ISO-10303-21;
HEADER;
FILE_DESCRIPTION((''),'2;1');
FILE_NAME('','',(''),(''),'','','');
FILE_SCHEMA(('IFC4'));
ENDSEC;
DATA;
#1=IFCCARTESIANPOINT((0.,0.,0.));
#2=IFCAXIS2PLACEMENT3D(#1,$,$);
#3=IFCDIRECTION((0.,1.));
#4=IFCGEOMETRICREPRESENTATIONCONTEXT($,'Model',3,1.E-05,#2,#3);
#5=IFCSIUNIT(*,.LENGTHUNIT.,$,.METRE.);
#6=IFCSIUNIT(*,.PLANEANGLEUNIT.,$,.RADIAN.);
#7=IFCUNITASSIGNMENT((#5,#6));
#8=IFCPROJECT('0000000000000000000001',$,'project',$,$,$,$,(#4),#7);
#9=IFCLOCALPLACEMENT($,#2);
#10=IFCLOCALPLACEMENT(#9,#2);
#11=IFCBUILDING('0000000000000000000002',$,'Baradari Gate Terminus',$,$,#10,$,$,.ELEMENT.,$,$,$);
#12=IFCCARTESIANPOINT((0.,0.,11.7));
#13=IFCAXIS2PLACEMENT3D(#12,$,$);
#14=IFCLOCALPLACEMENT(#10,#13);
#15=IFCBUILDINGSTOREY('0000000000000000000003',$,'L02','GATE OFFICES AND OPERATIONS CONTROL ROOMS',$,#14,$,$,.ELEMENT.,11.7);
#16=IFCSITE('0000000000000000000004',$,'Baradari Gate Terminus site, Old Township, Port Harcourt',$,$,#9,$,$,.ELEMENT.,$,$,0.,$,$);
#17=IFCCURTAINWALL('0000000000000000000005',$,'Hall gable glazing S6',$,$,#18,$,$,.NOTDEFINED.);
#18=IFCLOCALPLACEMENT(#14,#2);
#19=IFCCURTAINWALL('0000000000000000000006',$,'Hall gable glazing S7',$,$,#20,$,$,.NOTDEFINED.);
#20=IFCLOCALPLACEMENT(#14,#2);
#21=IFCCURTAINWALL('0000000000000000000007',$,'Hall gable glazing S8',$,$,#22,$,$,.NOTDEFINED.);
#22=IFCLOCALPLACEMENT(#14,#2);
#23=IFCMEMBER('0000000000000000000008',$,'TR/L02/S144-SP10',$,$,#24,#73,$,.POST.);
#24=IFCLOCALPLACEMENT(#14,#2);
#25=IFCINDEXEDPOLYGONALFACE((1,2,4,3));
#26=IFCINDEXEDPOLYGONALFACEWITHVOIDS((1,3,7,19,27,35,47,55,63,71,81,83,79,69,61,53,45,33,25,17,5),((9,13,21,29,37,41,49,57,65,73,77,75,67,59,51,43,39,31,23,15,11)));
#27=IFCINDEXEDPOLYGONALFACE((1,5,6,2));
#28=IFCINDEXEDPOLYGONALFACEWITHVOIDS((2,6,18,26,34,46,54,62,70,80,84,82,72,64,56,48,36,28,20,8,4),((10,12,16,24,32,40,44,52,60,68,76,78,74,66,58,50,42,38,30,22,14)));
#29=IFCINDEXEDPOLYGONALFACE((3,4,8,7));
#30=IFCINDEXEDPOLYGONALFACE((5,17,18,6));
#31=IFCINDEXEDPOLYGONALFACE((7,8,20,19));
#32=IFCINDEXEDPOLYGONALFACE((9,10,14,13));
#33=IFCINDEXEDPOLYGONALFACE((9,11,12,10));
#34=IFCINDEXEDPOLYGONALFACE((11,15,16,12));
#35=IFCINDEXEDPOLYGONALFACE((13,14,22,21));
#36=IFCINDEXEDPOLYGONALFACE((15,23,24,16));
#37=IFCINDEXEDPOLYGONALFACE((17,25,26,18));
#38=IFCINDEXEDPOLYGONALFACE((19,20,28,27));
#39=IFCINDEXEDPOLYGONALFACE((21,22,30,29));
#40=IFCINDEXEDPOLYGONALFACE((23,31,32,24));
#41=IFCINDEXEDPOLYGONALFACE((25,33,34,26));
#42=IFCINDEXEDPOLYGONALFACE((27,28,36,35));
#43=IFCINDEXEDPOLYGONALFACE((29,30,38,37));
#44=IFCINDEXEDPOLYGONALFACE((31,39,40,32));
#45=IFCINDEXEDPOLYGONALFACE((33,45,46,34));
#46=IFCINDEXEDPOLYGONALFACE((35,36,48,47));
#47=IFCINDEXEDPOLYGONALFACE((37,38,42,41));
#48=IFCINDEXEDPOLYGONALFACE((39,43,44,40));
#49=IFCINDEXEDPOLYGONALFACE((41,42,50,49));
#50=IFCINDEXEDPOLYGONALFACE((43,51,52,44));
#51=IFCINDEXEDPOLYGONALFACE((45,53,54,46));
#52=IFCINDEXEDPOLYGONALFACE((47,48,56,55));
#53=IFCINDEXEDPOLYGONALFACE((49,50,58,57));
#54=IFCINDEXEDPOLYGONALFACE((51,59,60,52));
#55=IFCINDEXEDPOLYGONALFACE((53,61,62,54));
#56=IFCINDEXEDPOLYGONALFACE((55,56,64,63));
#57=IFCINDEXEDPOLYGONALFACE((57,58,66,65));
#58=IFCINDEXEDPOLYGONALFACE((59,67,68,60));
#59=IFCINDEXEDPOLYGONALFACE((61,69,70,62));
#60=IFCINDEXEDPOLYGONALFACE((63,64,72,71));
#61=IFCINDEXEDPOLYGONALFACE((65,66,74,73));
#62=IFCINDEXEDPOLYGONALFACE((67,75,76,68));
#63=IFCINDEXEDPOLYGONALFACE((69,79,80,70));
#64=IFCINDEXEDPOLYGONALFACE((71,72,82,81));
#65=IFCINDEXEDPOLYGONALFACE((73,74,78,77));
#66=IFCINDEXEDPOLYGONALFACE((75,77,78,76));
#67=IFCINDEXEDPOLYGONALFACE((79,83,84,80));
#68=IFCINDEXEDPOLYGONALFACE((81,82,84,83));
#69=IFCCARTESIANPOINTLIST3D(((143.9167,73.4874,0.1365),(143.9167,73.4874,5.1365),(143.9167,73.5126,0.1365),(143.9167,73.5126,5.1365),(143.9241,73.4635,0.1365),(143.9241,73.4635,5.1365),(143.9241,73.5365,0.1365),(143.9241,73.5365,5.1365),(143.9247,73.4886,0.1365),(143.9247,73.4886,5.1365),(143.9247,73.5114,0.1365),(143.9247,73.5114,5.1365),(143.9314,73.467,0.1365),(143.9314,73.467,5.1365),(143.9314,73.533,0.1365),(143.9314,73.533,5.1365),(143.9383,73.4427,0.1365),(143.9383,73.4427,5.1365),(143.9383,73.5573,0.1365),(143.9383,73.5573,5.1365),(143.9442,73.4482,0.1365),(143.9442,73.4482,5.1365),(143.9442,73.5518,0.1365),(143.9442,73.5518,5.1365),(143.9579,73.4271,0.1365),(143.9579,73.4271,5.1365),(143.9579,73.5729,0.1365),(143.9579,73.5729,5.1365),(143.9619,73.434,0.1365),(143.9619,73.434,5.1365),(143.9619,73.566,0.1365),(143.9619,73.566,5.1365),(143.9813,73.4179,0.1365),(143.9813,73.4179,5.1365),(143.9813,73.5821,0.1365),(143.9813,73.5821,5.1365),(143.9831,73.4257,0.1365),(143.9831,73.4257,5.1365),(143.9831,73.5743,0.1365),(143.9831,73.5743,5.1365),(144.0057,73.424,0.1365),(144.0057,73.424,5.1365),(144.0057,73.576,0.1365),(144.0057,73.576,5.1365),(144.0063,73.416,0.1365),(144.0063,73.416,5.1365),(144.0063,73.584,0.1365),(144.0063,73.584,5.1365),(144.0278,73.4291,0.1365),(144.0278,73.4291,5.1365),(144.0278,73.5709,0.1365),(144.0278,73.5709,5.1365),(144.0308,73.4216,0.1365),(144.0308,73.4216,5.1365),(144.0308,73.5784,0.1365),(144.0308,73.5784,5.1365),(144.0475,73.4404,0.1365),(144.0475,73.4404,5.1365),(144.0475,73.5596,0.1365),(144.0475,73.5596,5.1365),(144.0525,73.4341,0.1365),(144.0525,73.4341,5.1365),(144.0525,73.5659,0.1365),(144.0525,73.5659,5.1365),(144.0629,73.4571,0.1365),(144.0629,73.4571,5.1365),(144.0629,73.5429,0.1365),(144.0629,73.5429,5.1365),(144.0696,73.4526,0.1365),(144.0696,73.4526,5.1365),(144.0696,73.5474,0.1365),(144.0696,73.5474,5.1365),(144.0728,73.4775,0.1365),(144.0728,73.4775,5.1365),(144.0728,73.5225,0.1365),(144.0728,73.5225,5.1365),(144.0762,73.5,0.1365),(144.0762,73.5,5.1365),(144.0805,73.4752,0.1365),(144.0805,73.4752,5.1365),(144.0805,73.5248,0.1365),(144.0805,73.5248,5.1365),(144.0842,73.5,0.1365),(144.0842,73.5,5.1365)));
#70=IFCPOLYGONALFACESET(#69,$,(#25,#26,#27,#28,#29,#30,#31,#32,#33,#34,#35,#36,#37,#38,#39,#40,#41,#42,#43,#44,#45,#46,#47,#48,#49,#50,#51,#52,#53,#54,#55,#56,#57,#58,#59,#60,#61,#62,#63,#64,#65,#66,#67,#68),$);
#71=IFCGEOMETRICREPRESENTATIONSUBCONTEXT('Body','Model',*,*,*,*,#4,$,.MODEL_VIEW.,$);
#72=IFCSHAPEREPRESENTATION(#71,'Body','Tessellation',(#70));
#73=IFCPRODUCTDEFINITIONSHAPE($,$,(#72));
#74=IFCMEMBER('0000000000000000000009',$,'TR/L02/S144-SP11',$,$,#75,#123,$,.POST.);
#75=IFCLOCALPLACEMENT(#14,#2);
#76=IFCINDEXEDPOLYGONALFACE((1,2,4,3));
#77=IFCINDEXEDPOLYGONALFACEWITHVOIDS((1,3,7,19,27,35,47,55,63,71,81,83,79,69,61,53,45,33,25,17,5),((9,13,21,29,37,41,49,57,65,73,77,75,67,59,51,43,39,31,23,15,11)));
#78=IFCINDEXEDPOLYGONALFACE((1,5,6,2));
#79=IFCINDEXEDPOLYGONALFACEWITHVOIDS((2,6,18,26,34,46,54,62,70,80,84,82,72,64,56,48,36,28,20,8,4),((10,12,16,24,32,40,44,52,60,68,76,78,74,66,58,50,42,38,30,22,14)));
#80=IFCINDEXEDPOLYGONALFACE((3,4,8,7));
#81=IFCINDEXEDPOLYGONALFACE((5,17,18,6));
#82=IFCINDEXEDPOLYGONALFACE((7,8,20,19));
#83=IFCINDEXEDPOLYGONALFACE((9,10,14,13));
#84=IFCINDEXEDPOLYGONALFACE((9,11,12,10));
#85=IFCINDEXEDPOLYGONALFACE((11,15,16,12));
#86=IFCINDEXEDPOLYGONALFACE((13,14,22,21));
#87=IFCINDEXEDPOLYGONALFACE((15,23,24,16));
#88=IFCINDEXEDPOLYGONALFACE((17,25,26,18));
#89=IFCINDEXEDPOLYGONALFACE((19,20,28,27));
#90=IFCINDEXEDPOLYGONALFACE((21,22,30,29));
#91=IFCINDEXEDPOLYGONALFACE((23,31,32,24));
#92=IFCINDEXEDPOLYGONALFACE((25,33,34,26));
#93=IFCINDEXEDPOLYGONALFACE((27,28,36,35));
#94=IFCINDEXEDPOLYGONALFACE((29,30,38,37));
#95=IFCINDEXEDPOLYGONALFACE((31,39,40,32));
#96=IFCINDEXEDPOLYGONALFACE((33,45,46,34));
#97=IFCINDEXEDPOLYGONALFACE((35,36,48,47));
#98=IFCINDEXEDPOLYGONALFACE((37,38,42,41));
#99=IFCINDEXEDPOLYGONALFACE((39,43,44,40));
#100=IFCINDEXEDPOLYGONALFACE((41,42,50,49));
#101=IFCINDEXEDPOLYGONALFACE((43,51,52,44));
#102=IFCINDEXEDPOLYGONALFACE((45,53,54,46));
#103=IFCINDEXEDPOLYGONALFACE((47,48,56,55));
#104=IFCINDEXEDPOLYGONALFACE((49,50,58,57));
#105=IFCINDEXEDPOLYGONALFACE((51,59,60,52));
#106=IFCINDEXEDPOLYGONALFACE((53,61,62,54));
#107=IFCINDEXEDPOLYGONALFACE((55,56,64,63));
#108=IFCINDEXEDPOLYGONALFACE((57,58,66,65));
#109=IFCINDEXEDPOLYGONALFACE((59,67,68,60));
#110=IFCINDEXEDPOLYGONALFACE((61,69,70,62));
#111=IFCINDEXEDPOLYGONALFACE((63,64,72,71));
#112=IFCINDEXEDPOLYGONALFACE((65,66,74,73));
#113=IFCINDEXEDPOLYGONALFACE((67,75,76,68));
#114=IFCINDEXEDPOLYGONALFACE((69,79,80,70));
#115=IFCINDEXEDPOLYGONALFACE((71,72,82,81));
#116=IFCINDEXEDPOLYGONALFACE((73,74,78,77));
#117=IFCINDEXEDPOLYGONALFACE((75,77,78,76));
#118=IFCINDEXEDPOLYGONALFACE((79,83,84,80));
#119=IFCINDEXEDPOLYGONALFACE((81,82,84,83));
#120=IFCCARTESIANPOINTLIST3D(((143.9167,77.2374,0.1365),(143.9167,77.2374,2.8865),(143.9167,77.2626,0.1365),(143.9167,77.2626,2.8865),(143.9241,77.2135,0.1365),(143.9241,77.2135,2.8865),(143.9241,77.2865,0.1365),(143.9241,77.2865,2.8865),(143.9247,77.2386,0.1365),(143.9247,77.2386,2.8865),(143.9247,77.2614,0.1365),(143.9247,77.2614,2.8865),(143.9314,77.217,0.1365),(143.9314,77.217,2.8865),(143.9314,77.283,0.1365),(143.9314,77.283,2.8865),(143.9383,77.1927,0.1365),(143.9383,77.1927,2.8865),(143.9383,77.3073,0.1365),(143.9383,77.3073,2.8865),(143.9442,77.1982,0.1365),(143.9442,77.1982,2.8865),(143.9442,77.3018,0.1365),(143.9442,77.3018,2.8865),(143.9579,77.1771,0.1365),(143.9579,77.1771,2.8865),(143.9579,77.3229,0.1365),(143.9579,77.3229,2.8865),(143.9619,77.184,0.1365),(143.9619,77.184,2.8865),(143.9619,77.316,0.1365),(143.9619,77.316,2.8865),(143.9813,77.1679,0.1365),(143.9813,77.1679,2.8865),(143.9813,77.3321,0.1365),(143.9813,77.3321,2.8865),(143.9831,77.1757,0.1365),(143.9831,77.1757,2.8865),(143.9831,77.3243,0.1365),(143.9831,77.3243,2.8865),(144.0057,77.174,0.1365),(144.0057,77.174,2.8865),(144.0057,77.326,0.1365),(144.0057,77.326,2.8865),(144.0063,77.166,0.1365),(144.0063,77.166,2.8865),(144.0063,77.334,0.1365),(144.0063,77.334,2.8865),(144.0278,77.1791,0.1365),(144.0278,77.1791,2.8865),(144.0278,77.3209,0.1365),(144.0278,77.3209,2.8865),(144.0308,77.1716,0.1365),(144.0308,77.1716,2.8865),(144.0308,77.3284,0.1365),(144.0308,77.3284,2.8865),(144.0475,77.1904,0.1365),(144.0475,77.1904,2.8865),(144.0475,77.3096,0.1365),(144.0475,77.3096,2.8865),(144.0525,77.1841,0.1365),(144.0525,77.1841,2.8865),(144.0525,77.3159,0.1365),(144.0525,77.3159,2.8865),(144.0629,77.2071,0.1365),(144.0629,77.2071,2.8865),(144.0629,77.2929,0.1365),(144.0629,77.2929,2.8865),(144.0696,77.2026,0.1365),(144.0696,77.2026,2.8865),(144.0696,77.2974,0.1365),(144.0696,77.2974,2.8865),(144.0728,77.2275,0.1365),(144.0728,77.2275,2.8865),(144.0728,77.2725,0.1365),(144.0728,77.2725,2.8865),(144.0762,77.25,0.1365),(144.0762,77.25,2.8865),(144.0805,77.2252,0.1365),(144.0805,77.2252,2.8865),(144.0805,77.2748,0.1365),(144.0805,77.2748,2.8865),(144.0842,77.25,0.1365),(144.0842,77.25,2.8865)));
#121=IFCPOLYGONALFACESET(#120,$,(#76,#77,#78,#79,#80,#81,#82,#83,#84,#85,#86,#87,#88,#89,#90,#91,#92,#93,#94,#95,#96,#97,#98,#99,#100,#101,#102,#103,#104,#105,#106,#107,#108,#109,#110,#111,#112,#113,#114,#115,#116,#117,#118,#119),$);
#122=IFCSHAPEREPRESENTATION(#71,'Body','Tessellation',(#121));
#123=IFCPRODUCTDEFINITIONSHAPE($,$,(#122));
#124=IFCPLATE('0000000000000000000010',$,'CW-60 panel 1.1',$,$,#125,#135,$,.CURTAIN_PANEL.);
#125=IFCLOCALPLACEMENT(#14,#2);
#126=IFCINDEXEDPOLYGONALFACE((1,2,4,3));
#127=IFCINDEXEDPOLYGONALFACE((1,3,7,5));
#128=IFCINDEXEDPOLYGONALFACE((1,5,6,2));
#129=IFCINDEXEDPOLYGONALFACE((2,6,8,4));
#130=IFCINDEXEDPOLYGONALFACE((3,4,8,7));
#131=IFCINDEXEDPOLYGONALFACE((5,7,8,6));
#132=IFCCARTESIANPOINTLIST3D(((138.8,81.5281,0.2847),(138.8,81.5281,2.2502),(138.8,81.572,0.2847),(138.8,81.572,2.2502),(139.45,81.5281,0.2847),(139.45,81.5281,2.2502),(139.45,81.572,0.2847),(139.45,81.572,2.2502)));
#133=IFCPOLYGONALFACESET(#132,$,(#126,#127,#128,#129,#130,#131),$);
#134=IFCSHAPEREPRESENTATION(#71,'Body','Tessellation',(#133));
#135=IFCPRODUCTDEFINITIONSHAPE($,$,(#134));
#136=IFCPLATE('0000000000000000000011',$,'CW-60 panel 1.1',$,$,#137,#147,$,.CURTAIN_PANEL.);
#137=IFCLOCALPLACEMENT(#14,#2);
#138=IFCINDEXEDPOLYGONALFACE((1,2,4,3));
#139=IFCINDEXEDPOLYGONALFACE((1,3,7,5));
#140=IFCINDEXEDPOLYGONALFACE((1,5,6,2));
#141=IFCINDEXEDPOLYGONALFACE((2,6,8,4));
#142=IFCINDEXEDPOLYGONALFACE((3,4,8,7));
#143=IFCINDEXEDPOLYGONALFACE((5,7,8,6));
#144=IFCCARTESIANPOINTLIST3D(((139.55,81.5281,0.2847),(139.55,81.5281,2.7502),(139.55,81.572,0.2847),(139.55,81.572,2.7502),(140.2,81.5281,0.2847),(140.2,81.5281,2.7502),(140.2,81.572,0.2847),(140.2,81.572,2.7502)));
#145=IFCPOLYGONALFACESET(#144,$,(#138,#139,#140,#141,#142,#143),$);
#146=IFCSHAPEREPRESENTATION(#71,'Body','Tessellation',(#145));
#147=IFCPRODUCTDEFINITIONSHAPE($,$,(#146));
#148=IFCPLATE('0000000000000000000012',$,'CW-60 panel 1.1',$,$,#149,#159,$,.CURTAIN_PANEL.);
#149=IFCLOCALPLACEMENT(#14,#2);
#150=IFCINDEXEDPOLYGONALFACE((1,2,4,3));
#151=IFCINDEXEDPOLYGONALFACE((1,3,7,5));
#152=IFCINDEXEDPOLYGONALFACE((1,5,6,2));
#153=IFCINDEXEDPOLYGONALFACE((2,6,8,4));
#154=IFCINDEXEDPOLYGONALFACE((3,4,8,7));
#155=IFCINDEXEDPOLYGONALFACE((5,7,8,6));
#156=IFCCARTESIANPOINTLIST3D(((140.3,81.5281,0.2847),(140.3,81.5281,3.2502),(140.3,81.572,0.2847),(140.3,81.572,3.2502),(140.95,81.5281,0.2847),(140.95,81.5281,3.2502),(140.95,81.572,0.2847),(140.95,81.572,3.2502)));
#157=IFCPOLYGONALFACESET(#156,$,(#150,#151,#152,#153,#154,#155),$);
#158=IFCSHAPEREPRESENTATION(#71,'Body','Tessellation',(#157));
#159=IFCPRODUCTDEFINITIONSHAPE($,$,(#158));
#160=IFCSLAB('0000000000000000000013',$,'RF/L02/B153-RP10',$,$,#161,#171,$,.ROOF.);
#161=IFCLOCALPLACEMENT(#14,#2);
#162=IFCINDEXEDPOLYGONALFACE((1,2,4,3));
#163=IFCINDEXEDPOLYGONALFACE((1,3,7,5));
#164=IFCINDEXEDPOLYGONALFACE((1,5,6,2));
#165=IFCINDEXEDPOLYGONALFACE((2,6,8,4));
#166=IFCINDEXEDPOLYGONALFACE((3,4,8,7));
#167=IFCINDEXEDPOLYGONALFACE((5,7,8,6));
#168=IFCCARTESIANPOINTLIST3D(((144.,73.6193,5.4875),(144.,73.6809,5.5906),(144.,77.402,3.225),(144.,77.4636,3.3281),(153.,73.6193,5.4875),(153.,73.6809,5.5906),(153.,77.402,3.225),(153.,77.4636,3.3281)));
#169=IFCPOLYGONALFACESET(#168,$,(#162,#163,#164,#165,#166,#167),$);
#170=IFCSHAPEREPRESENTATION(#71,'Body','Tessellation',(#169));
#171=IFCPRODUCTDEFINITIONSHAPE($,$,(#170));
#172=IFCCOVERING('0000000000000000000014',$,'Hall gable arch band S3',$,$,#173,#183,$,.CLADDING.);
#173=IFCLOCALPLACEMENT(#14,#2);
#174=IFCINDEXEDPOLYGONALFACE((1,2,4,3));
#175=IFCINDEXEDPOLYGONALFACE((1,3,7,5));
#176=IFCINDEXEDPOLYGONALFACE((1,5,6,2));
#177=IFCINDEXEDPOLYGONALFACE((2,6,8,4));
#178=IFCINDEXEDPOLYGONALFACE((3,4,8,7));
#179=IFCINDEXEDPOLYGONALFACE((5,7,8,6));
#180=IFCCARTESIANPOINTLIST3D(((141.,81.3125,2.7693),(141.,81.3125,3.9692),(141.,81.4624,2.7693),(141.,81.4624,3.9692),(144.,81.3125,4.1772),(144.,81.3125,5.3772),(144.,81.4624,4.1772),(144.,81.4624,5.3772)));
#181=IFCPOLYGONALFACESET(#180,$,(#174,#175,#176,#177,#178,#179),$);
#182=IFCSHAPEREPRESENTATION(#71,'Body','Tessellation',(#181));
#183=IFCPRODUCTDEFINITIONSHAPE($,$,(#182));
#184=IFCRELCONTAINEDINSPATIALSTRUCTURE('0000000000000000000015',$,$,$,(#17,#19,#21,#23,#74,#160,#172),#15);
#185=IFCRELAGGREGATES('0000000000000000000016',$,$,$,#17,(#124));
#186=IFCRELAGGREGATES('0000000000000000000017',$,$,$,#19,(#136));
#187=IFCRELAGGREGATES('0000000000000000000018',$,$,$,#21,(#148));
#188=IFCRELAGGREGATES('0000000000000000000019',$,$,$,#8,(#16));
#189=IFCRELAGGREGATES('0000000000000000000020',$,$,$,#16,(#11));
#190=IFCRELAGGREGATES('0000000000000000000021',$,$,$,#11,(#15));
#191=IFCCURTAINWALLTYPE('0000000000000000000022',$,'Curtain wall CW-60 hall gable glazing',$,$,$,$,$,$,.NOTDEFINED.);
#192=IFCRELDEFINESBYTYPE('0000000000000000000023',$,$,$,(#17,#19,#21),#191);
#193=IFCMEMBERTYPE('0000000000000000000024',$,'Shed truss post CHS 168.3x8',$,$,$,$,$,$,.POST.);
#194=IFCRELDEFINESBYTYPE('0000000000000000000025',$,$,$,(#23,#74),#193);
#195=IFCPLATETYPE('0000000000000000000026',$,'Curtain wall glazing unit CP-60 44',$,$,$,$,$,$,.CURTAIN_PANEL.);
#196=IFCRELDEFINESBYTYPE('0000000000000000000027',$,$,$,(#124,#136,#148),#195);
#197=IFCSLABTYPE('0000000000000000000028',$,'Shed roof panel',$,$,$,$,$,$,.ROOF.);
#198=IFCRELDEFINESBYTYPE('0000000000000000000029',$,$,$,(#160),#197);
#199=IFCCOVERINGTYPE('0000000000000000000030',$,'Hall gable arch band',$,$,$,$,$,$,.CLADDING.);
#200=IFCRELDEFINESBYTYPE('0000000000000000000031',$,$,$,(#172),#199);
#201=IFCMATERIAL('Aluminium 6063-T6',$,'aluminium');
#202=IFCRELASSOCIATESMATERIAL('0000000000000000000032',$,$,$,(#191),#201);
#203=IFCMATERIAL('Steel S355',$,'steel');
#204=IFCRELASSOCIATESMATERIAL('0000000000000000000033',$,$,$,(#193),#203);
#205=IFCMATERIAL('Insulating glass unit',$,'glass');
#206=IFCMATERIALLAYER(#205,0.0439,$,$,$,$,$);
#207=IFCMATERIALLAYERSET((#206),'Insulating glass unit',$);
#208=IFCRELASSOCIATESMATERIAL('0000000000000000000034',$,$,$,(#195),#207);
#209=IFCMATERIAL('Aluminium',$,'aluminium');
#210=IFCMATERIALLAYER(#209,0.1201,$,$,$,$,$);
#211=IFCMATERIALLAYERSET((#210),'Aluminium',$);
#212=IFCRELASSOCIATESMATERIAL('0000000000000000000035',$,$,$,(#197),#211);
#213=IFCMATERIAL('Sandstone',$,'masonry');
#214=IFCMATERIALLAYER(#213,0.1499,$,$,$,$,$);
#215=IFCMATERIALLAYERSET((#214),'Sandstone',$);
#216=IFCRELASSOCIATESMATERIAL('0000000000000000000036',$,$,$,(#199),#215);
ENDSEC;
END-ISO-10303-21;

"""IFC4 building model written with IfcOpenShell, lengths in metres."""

from ifc_helpers import new_model, si_unit, direction, frame, origin, origin_2d, place, context, subcontext, project, spatial, polyline, rectangle, hollow_circle, outline, extrude, material, layer, layer_set, material_profile, profile_set, type_object, element, aggregate, save


model = new_model("IFC4")

# Units and contexts
model_context = context("Model", 3, precision=1e-05, world=origin(), true_north=direction((0.0, 1.0)))
body_context = subcontext(model_context, "Body", "Model", "MODEL_VIEW")
ifc_project = project(units=[si_unit("LENGTHUNIT", "METRE"), si_unit("PLANEANGLEUNIT", "RADIAN")], contexts=[model_context])

# Site, building, storey
site_placement = place(None, origin())
site = spatial("IfcSite", under=ifc_project, at=site_placement, Name="Baradari Gate Terminus site, Old Township, Port Harcourt", CompositionType="ELEMENT", RefElevation=0.0)
building_placement = place(site_placement, origin())
building = spatial("IfcBuilding", under=site, at=building_placement, Name="Baradari Gate Terminus", CompositionType="ELEMENT")
storey_placement = place(building_placement, frame((0.0, 0.0, 11.7)))
storey = spatial("IfcBuildingStorey", under=building, at=storey_placement, Name="L02", Description="GATE OFFICES AND OPERATIONS CONTROL ROOMS", CompositionType="ELEMENT", Elevation=11.7)

# Shared definitions
ifc_material_1 = material(Name="Aluminium 6063-T6", Category="aluminium")
curtain_wall_type = type_object("IfcCurtainWallType", Name="Curtain wall CW-60 hall gable glazing", PredefinedType="NOTDEFINED", material=ifc_material_1)

# Curtain walls
curtain_wall_1_placement = place(storey_placement, origin())
curtain_wall_1 = element("IfcCurtainWall", 1, at=curtain_wall_1_placement, inside=storey, type_object=curtain_wall_type, Name="Hall gable glazing S6", PredefinedType="NOTDEFINED")
curtain_wall_2_placement = place(storey_placement, origin())
curtain_wall_2 = element("IfcCurtainWall", 2, at=curtain_wall_2_placement, inside=storey, type_object=curtain_wall_type, Name="Hall gable glazing S7", PredefinedType="NOTDEFINED")
curtain_wall_3_placement = place(storey_placement, origin())
curtain_wall_3 = element("IfcCurtainWall", 3, at=curtain_wall_3_placement, inside=storey, type_object=curtain_wall_type, Name="Hall gable glazing S8", PredefinedType="NOTDEFINED")

# Members
ifc_material_2 = material(Name="Steel S355", Category="steel")
ifc_material_profile_1 = material_profile(ifc_material_2, hollow_circle(Radius=0.0842, WallThickness=0.0081, at=origin_2d()), Name="CHS 168.3x8")
ifc_profile_set_1 = profile_set([ifc_material_profile_1], Name="Steel S355")
member_type_1 = type_object("IfcMemberType", Name="Shed truss post CHS 168.3x8", PredefinedType="POST", material=ifc_profile_set_1)
member_1_placement = place(storey_placement, frame((144.0, 73.5, 0.1365), z_axis=(0.0, 0.0, 1.0), x_axis=(1.0, 0.0, 0.0)))
element("IfcMember", 4, at=member_1_placement, inside=storey, type_object=member_type_1, Name="TR/L02/S144-SP10", PredefinedType="POST", context=body_context, shape_type="SweptSolid", body=[
    extrude(hollow_circle(Radius=0.0842, WallThickness=0.0081, at=origin_2d()), origin(), (0.0, 0.0, 1.0), 5.0),
])
member_2_placement = place(storey_placement, frame((144.0, 77.25, 0.1365), z_axis=(0.0, 0.0, 1.0), x_axis=(1.0, 0.0, 0.0)))
element("IfcMember", 5, at=member_2_placement, inside=storey, type_object=member_type_1, Name="TR/L02/S144-SP11", PredefinedType="POST", context=body_context, shape_type="SweptSolid", body=[
    extrude(hollow_circle(Radius=0.0842, WallThickness=0.0081, at=origin_2d()), origin(), (0.0, 0.0, 1.0), 2.75),
])

# Plates
ifc_material_3 = material(Name="Insulating glass unit", Category="glass")
ifc_layer_1 = layer(ifc_material_3, 0.0439)
ifc_layer_set_1 = layer_set([ifc_layer_1], Name="Insulating glass unit")
plate_type = type_object("IfcPlateType", Name="Curtain wall glazing unit CP-60 44", PredefinedType="CURTAIN_PANEL", material=ifc_layer_set_1)
plate_1_placement = place(storey_placement, frame((139.125, 81.55, 0.2847), z_axis=(0.0, 0.0, 1.0), x_axis=(1.0, 0.0, 0.0)))
plate_1 = element("IfcPlate", 6, at=plate_1_placement, type_object=plate_type, Name="CW-60 panel 1.1", PredefinedType="CURTAIN_PANEL", context=body_context, shape_type="SweptSolid", body=[
    extrude(rectangle(XDim=0.6499, YDim=0.0439, at=origin_2d()), origin(), (0.0, 0.0, 1.0), 1.9656),
])
aggregate(curtain_wall_1, [plate_1])
plate_2_placement = place(storey_placement, frame((139.875, 81.55, 0.2847), z_axis=(0.0, 0.0, 1.0), x_axis=(1.0, 0.0, 0.0)))
plate_2 = element("IfcPlate", 7, at=plate_2_placement, type_object=plate_type, Name="CW-60 panel 1.1", PredefinedType="CURTAIN_PANEL", context=body_context, shape_type="SweptSolid", body=[
    extrude(rectangle(XDim=0.6499, YDim=0.0439, at=origin_2d()), origin(), (0.0, 0.0, 1.0), 2.4656),
])
aggregate(curtain_wall_2, [plate_2])
plate_3_placement = place(storey_placement, frame((140.625, 81.55, 0.2847), z_axis=(0.0, 0.0, 1.0), x_axis=(1.0, 0.0, 0.0)))
plate_3 = element("IfcPlate", 8, at=plate_3_placement, type_object=plate_type, Name="CW-60 panel 1.1", PredefinedType="CURTAIN_PANEL", context=body_context, shape_type="SweptSolid", body=[
    extrude(rectangle(XDim=0.6499, YDim=0.0439, at=origin_2d()), origin(), (0.0, 0.0, 1.0), 2.9656),
])
aggregate(curtain_wall_3, [plate_3])

# Slab
ifc_material_4 = material(Name="Aluminium", Category="aluminium")
ifc_layer_2 = layer(ifc_material_4, 0.1201)
ifc_layer_set_2 = layer_set([ifc_layer_2], Name="Aluminium")
slab_type = type_object("IfcSlabType", Name="Shed roof panel", PredefinedType="ROOF", material=ifc_layer_set_2)
slab_placement = place(storey_placement, frame((144.0, 73.6809, 5.5906), z_axis=(0.0, 0.513298, 0.858211), x_axis=(1.0, 0.0, 0.0)))
element("IfcSlab", 9, at=slab_placement, inside=storey, type_object=slab_type, Name="RF/L02/B153-RP10", PredefinedType="ROOF", context=body_context, shape_type="SweptSolid", body=[
    extrude(outline(polyline([(0.0, 0.0), (9.0, 0.0), (9.0, 4.4077), (0.0, 4.4077), (0.0, 0.0)])), origin(), (0.0, 0.0, -1.0), 0.1201),
])

# Covering
ifc_material_5 = material(Name="Sandstone", Category="masonry")
ifc_layer_3 = layer(ifc_material_5, 0.1499)
ifc_layer_set_3 = layer_set([ifc_layer_3], Name="Sandstone")
covering_type = type_object("IfcCoveringType", Name="Hall gable arch band", PredefinedType="CLADDING", material=ifc_layer_set_3)
covering_placement = place(storey_placement, frame((141.0, 81.3875, 2.7693), z_axis=(0.0, 0.0, 1.0), x_axis=(1.0, 0.0, 0.0)))
element("IfcCovering", 10, at=covering_placement, inside=storey, type_object=covering_type, Name="Hall gable arch band S3", PredefinedType="CLADDING", context=body_context, shape_type="SweptSolid", body=[
    extrude(outline(polyline([(0.0, 1.2), (0.0, 0.0), (3.0, 1.408), (3.0, 2.6079), (0.0, 1.2)])), frame((0.0, 0.075, 0.0), z_axis=(0.0, -1.0, 0.0), x_axis=(1.0, 0.0, 0.0)), (0.0, 0.0, 1.0), 0.1499),
])

save(model, "model.ifc")
